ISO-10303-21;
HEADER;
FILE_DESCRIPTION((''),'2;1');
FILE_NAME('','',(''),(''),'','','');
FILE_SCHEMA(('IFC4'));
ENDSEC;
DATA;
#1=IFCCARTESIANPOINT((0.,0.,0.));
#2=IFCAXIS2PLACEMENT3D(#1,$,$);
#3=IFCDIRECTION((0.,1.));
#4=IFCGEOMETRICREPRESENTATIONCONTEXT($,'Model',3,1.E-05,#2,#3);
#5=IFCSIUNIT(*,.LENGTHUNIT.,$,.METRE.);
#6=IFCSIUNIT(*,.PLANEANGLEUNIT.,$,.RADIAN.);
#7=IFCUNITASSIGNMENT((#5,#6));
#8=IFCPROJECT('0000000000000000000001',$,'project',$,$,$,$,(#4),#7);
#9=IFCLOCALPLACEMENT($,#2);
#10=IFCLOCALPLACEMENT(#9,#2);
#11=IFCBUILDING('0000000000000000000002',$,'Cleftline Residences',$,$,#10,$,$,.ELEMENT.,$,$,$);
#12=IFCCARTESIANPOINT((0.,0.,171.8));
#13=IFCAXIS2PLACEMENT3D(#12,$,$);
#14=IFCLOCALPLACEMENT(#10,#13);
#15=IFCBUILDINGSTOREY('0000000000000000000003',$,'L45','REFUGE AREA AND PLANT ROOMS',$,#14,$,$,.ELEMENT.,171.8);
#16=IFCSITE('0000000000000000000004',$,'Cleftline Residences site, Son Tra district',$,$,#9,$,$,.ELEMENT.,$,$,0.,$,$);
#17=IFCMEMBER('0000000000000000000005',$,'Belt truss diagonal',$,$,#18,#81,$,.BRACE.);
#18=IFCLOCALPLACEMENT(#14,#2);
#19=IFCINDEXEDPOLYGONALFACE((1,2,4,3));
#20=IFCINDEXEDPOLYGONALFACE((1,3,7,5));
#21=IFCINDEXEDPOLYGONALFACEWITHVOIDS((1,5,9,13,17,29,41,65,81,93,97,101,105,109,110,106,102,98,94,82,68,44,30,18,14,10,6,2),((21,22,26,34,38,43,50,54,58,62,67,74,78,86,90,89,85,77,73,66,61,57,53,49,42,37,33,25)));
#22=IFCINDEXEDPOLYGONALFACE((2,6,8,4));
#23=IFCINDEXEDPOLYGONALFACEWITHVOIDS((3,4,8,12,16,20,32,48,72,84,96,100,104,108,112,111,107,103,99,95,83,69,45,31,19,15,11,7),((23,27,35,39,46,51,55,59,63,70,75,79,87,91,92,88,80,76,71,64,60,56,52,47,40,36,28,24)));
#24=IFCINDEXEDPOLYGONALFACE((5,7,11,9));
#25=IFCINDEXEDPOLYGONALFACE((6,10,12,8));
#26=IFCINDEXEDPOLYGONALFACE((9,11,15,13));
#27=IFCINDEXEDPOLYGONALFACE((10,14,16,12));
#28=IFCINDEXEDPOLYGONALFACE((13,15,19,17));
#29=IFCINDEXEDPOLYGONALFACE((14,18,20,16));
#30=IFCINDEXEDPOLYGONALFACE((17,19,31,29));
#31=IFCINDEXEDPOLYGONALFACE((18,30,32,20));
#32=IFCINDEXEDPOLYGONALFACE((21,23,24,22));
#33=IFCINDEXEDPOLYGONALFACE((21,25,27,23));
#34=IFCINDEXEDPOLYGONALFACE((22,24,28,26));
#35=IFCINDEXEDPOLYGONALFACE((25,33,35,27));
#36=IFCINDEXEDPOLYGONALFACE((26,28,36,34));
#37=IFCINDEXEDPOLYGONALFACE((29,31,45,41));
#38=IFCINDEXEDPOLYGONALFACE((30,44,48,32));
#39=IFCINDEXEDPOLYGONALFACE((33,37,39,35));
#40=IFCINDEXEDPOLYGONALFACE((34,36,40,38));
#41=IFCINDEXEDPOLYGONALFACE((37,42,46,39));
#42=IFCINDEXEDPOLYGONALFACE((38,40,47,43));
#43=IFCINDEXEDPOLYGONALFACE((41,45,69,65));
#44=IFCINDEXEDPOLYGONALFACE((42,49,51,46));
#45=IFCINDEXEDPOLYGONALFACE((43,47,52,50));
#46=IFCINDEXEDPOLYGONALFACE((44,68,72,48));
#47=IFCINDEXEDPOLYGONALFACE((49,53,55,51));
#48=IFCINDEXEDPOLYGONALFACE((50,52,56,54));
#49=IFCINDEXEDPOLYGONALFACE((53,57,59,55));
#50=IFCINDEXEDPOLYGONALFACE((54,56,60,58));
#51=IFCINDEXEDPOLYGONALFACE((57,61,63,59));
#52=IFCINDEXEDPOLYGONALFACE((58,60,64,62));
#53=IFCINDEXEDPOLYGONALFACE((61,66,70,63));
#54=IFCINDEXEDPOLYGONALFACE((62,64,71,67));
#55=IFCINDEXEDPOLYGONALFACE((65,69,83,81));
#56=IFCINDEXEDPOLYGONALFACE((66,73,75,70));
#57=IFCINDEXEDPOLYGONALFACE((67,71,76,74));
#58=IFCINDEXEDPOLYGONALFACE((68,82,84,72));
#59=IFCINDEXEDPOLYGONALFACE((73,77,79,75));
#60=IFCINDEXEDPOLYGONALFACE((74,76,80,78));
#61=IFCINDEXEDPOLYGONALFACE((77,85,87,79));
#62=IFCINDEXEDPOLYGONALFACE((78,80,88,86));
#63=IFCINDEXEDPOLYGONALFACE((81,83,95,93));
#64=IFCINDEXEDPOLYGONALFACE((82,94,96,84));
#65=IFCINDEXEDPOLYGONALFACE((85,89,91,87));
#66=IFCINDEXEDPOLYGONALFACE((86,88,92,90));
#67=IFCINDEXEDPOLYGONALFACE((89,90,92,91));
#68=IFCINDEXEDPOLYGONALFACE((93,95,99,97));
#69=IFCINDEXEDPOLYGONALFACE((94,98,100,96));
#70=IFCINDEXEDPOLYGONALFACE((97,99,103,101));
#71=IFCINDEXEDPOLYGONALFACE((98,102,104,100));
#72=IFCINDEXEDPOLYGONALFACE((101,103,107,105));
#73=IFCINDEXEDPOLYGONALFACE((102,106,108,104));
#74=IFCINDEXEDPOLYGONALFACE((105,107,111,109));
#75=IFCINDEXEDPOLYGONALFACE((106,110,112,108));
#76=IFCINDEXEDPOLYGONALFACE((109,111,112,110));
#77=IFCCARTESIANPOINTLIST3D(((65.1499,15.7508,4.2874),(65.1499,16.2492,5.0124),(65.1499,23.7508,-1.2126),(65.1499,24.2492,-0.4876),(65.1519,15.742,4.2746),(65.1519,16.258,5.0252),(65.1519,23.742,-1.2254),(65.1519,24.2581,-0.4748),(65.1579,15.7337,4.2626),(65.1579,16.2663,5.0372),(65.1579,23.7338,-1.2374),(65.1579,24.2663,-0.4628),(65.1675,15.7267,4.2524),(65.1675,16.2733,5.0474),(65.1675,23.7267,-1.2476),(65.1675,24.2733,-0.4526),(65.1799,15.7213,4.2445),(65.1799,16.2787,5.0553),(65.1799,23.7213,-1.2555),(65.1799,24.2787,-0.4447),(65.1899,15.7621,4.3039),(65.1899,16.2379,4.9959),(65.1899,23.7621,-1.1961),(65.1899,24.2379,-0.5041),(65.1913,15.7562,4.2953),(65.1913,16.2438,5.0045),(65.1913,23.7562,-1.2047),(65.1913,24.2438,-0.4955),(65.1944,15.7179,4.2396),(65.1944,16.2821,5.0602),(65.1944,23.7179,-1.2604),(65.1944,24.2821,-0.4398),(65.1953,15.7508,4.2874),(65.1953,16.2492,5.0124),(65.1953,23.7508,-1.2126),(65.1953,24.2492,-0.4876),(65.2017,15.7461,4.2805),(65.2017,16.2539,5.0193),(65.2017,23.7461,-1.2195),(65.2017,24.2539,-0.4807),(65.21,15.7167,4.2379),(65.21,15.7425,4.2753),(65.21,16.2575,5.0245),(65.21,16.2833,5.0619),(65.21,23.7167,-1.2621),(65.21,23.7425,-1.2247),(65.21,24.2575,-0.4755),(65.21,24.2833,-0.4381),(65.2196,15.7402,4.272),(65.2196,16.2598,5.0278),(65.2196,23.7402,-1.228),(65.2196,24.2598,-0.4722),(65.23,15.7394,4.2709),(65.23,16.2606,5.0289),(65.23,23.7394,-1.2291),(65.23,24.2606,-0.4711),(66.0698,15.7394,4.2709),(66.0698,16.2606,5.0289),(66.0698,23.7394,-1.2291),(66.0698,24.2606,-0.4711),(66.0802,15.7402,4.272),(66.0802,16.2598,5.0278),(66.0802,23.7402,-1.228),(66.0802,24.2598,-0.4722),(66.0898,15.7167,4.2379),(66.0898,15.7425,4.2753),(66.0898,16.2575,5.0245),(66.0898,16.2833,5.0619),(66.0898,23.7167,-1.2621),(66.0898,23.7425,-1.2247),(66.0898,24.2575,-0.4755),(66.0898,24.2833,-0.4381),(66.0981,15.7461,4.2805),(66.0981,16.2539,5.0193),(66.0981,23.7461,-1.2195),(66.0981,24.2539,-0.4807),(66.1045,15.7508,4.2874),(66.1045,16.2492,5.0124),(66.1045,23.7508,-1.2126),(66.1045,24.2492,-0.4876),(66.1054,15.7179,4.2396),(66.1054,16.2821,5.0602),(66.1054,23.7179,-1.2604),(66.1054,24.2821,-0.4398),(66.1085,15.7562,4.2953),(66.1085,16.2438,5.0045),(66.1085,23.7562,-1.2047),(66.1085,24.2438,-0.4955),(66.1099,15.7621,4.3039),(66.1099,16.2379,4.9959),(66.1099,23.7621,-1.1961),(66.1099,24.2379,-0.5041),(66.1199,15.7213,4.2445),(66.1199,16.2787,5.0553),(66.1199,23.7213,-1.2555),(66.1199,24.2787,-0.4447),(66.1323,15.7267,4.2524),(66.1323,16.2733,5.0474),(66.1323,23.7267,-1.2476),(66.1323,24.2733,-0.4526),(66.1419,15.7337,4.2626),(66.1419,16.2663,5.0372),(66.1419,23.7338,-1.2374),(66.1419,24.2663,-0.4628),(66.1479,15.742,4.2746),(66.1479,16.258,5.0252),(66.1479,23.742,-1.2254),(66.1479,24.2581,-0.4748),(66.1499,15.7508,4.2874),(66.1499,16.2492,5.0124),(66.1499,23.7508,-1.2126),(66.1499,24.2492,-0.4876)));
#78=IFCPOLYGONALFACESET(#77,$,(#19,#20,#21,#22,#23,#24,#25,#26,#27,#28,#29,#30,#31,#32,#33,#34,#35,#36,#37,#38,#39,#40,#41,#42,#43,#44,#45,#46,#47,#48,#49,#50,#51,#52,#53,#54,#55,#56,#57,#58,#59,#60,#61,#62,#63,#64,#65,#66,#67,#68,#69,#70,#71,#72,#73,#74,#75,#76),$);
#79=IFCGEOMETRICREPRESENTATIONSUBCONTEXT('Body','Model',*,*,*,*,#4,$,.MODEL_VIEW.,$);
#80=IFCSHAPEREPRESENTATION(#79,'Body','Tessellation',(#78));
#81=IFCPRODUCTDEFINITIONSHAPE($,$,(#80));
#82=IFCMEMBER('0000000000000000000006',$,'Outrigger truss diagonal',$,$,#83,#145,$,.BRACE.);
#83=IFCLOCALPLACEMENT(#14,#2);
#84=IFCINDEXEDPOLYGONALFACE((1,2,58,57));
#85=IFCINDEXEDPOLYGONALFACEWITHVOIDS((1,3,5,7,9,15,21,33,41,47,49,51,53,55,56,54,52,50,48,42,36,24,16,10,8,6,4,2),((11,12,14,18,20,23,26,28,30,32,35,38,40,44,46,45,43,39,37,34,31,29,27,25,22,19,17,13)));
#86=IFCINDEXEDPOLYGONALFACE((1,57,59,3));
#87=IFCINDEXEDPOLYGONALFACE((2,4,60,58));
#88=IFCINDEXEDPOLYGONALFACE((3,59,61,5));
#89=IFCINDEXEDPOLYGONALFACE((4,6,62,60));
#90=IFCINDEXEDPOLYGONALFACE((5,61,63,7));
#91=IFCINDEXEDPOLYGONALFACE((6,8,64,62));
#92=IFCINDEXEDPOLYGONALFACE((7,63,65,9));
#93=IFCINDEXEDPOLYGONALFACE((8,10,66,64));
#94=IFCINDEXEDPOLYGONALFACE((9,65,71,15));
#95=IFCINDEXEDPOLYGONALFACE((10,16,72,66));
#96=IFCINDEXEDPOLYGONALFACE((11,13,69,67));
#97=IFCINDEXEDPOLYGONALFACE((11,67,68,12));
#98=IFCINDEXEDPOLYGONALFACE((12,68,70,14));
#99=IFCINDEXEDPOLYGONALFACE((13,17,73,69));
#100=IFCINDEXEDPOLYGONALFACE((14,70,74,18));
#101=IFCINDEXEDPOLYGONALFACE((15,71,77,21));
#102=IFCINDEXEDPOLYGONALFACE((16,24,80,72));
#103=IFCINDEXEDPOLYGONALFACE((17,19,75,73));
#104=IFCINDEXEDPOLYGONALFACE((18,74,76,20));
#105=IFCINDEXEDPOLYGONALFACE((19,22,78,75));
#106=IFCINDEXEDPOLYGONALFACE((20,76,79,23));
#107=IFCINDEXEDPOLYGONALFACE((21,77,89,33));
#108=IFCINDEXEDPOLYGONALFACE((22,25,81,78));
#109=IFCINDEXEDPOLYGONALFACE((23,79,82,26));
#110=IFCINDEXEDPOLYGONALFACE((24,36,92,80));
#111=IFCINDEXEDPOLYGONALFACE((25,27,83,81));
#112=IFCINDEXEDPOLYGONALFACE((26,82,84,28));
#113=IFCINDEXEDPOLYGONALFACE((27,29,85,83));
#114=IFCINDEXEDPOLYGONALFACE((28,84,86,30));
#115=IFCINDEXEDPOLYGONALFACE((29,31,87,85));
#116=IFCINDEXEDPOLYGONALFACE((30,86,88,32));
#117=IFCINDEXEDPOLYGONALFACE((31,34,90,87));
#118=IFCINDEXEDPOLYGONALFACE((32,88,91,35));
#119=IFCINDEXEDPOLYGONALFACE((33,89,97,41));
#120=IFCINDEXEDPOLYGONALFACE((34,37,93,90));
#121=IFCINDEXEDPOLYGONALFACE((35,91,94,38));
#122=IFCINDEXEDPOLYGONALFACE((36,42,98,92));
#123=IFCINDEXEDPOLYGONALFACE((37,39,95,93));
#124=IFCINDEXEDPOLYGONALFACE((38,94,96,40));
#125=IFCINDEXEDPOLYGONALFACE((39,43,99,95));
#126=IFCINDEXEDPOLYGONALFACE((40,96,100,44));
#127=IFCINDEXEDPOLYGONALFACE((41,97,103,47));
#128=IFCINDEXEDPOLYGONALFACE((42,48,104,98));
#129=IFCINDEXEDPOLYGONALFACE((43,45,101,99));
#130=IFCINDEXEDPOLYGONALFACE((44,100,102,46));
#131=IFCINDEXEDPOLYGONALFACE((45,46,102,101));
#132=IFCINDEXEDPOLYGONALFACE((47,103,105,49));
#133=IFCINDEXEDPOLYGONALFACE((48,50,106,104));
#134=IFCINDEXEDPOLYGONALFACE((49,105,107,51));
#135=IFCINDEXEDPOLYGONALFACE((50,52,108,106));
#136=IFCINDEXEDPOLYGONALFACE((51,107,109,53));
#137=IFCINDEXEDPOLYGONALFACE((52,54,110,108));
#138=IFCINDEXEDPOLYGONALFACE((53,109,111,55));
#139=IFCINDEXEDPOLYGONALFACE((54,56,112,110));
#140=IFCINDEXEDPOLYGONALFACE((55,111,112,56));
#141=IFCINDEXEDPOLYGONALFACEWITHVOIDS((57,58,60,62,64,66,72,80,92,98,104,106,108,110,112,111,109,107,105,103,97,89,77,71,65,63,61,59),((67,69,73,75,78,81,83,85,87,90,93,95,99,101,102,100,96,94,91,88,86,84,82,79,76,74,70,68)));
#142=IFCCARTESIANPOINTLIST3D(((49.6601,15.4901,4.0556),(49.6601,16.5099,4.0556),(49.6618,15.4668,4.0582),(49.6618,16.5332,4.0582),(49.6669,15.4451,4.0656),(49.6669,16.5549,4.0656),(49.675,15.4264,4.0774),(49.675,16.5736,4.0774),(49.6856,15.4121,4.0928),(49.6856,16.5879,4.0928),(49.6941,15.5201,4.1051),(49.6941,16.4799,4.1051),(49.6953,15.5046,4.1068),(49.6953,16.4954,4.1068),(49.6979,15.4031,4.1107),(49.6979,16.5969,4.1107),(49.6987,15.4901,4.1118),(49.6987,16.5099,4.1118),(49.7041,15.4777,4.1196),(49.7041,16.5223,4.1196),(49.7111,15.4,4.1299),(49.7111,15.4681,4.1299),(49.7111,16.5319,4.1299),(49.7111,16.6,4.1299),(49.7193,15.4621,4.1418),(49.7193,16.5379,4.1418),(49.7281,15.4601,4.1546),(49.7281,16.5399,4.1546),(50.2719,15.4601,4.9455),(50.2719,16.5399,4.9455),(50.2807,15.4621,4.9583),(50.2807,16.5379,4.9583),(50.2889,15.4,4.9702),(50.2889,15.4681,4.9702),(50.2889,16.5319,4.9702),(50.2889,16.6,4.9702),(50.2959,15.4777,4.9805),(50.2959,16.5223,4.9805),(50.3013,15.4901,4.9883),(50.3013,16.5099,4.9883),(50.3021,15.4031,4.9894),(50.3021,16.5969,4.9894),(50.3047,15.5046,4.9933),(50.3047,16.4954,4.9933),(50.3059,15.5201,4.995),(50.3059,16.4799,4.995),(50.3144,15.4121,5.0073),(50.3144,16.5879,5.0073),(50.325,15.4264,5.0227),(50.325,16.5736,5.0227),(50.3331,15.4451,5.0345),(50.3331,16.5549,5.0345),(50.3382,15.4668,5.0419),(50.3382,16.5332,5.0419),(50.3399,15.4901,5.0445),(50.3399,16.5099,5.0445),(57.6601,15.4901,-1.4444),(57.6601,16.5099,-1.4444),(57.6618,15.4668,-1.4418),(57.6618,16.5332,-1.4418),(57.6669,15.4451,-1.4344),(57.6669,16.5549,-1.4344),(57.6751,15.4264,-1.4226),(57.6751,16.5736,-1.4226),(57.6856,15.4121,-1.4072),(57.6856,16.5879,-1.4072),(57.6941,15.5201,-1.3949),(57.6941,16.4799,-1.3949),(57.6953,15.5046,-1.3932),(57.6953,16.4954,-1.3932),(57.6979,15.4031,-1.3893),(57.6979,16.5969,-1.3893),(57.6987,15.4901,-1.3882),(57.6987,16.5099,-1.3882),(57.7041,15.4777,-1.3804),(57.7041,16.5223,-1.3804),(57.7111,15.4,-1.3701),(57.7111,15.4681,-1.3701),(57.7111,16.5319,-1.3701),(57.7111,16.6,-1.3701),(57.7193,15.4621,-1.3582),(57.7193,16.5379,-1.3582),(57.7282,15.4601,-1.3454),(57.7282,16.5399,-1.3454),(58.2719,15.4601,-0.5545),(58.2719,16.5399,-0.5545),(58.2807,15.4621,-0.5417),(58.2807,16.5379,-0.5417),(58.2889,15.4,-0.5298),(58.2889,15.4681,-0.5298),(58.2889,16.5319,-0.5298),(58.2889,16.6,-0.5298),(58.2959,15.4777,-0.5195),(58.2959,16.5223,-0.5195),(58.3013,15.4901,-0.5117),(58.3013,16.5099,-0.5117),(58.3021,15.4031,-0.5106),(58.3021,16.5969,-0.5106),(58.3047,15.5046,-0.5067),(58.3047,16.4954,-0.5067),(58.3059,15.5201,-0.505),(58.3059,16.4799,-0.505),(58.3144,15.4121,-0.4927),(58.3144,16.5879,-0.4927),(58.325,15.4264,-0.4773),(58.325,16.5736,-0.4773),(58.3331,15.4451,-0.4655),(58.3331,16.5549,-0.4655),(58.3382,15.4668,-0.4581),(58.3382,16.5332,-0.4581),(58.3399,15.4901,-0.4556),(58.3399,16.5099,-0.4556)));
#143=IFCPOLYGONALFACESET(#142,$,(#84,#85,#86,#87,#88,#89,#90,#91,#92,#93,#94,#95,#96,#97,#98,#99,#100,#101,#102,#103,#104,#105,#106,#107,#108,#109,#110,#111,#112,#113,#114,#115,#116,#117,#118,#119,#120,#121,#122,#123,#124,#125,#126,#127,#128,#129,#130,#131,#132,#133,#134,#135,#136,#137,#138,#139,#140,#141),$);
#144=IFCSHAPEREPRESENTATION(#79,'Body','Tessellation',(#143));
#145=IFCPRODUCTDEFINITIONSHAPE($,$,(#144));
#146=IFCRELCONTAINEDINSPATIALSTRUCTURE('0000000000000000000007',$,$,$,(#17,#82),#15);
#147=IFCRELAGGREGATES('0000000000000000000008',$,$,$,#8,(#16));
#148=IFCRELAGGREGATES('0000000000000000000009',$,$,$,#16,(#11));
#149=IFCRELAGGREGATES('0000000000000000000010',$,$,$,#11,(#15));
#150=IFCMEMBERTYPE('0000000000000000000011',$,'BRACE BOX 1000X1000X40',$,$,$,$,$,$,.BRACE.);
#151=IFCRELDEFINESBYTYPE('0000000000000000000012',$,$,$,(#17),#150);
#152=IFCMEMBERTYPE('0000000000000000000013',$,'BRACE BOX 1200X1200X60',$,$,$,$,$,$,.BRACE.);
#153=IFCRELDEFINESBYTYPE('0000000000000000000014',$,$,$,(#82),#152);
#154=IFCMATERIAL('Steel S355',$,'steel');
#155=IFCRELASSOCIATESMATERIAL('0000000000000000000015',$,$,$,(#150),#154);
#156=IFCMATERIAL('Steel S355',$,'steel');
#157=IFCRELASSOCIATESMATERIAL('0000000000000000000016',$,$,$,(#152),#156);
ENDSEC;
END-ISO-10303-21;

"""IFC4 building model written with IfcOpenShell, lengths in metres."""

from ifc_helpers import new_model, si_unit, direction, frame, origin, origin_2d, place, context, subcontext, project, spatial, hollow_rectangle, extrude, material, material_profile, profile_set, type_object, element, save


model = new_model("IFC4")

# Units and contexts
model_context = context("Model", 3, precision=1e-05, world=origin(), true_north=direction((0.0, 1.0)))
body_context = subcontext(model_context, "Body", "Model", "MODEL_VIEW")
ifc_project = project(units=[si_unit("LENGTHUNIT", "METRE"), si_unit("PLANEANGLEUNIT", "RADIAN")], contexts=[model_context])

# Site, building, storey
site_placement = place(None, origin())
site = spatial("IfcSite", under=ifc_project, at=site_placement, Name="Cleftline Residences site, Son Tra district", CompositionType="ELEMENT", RefElevation=0.0)
building_placement = place(site_placement, origin())
building = spatial("IfcBuilding", under=site, at=building_placement, Name="Cleftline Residences", CompositionType="ELEMENT")
storey_placement = place(building_placement, frame((0.0, 0.0, 171.8)))
storey = spatial("IfcBuildingStorey", under=building, at=storey_placement, Name="L45", Description="REFUGE AREA AND PLANT ROOMS", CompositionType="ELEMENT", Elevation=171.8)

# Members
ifc_material_1 = material(Name="Steel S355", Category="steel")
ifc_material_profile_1 = material_profile(ifc_material_1, hollow_rectangle(XDim=1.0, YDim=1.0, WallThickness=0.04, InnerFilletRadius=0.04, OuterFilletRadius=0.0601, at=origin_2d()))
ifc_profile_set_1 = profile_set([ifc_material_profile_1], Name="Steel S355")
member_type_1 = type_object("IfcMemberType", Name="BRACE BOX 1000X1000X40", PredefinedType="BRACE", material=ifc_profile_set_1)
for number, where, z_axis, x_axis, name in (
    (1, (65.6499, 16.0, 4.6499), (0.0, 0.824042, -0.566529), (0.0, 0.566529, 0.824042), "Belt truss diagonal"),
):
    element("IfcMember", number, at=place(storey_placement, frame(where, z_axis=z_axis, x_axis=x_axis)), inside=storey, type_object=member_type_1, Name=name, PredefinedType="BRACE", context=body_context, shape_type="SweptSolid", body=[
        extrude(hollow_rectangle(XDim=1.0, YDim=1.0, WallThickness=0.04, InnerFilletRadius=0.04, OuterFilletRadius=0.0601, at=origin_2d()), origin(), (0.0, 0.0, 1.0), 9.7083),
    ])
ifc_material_2 = material(Name="Steel S355", Category="steel")
ifc_material_profile_2 = material_profile(ifc_material_2, hollow_rectangle(XDim=1.2, YDim=1.2, WallThickness=0.0601, InnerFilletRadius=0.0601, OuterFilletRadius=0.0901, at=origin_2d()))
ifc_profile_set_2 = profile_set([ifc_material_profile_2], Name="Steel S355")
member_type_2 = type_object("IfcMemberType", Name="BRACE BOX 1200X1200X60", PredefinedType="BRACE", material=ifc_profile_set_2)
member_1_placement = place(storey_placement, frame((50.0, 16.0, 4.55), z_axis=(0.824042, 0.0, -0.566529), x_axis=(0.566529, 0.0, 0.824042)))
element("IfcMember", 2, at=member_1_placement, inside=storey, type_object=member_type_2, Name="Outrigger truss diagonal", PredefinedType="BRACE", context=body_context, shape_type="SweptSolid", body=[
    extrude(hollow_rectangle(XDim=1.2, YDim=1.2, WallThickness=0.0601, InnerFilletRadius=0.0601, OuterFilletRadius=0.0901, at=origin_2d()), origin(), (0.0, 0.0, 1.0), 9.7083),
])

save(model, "model.ifc")
